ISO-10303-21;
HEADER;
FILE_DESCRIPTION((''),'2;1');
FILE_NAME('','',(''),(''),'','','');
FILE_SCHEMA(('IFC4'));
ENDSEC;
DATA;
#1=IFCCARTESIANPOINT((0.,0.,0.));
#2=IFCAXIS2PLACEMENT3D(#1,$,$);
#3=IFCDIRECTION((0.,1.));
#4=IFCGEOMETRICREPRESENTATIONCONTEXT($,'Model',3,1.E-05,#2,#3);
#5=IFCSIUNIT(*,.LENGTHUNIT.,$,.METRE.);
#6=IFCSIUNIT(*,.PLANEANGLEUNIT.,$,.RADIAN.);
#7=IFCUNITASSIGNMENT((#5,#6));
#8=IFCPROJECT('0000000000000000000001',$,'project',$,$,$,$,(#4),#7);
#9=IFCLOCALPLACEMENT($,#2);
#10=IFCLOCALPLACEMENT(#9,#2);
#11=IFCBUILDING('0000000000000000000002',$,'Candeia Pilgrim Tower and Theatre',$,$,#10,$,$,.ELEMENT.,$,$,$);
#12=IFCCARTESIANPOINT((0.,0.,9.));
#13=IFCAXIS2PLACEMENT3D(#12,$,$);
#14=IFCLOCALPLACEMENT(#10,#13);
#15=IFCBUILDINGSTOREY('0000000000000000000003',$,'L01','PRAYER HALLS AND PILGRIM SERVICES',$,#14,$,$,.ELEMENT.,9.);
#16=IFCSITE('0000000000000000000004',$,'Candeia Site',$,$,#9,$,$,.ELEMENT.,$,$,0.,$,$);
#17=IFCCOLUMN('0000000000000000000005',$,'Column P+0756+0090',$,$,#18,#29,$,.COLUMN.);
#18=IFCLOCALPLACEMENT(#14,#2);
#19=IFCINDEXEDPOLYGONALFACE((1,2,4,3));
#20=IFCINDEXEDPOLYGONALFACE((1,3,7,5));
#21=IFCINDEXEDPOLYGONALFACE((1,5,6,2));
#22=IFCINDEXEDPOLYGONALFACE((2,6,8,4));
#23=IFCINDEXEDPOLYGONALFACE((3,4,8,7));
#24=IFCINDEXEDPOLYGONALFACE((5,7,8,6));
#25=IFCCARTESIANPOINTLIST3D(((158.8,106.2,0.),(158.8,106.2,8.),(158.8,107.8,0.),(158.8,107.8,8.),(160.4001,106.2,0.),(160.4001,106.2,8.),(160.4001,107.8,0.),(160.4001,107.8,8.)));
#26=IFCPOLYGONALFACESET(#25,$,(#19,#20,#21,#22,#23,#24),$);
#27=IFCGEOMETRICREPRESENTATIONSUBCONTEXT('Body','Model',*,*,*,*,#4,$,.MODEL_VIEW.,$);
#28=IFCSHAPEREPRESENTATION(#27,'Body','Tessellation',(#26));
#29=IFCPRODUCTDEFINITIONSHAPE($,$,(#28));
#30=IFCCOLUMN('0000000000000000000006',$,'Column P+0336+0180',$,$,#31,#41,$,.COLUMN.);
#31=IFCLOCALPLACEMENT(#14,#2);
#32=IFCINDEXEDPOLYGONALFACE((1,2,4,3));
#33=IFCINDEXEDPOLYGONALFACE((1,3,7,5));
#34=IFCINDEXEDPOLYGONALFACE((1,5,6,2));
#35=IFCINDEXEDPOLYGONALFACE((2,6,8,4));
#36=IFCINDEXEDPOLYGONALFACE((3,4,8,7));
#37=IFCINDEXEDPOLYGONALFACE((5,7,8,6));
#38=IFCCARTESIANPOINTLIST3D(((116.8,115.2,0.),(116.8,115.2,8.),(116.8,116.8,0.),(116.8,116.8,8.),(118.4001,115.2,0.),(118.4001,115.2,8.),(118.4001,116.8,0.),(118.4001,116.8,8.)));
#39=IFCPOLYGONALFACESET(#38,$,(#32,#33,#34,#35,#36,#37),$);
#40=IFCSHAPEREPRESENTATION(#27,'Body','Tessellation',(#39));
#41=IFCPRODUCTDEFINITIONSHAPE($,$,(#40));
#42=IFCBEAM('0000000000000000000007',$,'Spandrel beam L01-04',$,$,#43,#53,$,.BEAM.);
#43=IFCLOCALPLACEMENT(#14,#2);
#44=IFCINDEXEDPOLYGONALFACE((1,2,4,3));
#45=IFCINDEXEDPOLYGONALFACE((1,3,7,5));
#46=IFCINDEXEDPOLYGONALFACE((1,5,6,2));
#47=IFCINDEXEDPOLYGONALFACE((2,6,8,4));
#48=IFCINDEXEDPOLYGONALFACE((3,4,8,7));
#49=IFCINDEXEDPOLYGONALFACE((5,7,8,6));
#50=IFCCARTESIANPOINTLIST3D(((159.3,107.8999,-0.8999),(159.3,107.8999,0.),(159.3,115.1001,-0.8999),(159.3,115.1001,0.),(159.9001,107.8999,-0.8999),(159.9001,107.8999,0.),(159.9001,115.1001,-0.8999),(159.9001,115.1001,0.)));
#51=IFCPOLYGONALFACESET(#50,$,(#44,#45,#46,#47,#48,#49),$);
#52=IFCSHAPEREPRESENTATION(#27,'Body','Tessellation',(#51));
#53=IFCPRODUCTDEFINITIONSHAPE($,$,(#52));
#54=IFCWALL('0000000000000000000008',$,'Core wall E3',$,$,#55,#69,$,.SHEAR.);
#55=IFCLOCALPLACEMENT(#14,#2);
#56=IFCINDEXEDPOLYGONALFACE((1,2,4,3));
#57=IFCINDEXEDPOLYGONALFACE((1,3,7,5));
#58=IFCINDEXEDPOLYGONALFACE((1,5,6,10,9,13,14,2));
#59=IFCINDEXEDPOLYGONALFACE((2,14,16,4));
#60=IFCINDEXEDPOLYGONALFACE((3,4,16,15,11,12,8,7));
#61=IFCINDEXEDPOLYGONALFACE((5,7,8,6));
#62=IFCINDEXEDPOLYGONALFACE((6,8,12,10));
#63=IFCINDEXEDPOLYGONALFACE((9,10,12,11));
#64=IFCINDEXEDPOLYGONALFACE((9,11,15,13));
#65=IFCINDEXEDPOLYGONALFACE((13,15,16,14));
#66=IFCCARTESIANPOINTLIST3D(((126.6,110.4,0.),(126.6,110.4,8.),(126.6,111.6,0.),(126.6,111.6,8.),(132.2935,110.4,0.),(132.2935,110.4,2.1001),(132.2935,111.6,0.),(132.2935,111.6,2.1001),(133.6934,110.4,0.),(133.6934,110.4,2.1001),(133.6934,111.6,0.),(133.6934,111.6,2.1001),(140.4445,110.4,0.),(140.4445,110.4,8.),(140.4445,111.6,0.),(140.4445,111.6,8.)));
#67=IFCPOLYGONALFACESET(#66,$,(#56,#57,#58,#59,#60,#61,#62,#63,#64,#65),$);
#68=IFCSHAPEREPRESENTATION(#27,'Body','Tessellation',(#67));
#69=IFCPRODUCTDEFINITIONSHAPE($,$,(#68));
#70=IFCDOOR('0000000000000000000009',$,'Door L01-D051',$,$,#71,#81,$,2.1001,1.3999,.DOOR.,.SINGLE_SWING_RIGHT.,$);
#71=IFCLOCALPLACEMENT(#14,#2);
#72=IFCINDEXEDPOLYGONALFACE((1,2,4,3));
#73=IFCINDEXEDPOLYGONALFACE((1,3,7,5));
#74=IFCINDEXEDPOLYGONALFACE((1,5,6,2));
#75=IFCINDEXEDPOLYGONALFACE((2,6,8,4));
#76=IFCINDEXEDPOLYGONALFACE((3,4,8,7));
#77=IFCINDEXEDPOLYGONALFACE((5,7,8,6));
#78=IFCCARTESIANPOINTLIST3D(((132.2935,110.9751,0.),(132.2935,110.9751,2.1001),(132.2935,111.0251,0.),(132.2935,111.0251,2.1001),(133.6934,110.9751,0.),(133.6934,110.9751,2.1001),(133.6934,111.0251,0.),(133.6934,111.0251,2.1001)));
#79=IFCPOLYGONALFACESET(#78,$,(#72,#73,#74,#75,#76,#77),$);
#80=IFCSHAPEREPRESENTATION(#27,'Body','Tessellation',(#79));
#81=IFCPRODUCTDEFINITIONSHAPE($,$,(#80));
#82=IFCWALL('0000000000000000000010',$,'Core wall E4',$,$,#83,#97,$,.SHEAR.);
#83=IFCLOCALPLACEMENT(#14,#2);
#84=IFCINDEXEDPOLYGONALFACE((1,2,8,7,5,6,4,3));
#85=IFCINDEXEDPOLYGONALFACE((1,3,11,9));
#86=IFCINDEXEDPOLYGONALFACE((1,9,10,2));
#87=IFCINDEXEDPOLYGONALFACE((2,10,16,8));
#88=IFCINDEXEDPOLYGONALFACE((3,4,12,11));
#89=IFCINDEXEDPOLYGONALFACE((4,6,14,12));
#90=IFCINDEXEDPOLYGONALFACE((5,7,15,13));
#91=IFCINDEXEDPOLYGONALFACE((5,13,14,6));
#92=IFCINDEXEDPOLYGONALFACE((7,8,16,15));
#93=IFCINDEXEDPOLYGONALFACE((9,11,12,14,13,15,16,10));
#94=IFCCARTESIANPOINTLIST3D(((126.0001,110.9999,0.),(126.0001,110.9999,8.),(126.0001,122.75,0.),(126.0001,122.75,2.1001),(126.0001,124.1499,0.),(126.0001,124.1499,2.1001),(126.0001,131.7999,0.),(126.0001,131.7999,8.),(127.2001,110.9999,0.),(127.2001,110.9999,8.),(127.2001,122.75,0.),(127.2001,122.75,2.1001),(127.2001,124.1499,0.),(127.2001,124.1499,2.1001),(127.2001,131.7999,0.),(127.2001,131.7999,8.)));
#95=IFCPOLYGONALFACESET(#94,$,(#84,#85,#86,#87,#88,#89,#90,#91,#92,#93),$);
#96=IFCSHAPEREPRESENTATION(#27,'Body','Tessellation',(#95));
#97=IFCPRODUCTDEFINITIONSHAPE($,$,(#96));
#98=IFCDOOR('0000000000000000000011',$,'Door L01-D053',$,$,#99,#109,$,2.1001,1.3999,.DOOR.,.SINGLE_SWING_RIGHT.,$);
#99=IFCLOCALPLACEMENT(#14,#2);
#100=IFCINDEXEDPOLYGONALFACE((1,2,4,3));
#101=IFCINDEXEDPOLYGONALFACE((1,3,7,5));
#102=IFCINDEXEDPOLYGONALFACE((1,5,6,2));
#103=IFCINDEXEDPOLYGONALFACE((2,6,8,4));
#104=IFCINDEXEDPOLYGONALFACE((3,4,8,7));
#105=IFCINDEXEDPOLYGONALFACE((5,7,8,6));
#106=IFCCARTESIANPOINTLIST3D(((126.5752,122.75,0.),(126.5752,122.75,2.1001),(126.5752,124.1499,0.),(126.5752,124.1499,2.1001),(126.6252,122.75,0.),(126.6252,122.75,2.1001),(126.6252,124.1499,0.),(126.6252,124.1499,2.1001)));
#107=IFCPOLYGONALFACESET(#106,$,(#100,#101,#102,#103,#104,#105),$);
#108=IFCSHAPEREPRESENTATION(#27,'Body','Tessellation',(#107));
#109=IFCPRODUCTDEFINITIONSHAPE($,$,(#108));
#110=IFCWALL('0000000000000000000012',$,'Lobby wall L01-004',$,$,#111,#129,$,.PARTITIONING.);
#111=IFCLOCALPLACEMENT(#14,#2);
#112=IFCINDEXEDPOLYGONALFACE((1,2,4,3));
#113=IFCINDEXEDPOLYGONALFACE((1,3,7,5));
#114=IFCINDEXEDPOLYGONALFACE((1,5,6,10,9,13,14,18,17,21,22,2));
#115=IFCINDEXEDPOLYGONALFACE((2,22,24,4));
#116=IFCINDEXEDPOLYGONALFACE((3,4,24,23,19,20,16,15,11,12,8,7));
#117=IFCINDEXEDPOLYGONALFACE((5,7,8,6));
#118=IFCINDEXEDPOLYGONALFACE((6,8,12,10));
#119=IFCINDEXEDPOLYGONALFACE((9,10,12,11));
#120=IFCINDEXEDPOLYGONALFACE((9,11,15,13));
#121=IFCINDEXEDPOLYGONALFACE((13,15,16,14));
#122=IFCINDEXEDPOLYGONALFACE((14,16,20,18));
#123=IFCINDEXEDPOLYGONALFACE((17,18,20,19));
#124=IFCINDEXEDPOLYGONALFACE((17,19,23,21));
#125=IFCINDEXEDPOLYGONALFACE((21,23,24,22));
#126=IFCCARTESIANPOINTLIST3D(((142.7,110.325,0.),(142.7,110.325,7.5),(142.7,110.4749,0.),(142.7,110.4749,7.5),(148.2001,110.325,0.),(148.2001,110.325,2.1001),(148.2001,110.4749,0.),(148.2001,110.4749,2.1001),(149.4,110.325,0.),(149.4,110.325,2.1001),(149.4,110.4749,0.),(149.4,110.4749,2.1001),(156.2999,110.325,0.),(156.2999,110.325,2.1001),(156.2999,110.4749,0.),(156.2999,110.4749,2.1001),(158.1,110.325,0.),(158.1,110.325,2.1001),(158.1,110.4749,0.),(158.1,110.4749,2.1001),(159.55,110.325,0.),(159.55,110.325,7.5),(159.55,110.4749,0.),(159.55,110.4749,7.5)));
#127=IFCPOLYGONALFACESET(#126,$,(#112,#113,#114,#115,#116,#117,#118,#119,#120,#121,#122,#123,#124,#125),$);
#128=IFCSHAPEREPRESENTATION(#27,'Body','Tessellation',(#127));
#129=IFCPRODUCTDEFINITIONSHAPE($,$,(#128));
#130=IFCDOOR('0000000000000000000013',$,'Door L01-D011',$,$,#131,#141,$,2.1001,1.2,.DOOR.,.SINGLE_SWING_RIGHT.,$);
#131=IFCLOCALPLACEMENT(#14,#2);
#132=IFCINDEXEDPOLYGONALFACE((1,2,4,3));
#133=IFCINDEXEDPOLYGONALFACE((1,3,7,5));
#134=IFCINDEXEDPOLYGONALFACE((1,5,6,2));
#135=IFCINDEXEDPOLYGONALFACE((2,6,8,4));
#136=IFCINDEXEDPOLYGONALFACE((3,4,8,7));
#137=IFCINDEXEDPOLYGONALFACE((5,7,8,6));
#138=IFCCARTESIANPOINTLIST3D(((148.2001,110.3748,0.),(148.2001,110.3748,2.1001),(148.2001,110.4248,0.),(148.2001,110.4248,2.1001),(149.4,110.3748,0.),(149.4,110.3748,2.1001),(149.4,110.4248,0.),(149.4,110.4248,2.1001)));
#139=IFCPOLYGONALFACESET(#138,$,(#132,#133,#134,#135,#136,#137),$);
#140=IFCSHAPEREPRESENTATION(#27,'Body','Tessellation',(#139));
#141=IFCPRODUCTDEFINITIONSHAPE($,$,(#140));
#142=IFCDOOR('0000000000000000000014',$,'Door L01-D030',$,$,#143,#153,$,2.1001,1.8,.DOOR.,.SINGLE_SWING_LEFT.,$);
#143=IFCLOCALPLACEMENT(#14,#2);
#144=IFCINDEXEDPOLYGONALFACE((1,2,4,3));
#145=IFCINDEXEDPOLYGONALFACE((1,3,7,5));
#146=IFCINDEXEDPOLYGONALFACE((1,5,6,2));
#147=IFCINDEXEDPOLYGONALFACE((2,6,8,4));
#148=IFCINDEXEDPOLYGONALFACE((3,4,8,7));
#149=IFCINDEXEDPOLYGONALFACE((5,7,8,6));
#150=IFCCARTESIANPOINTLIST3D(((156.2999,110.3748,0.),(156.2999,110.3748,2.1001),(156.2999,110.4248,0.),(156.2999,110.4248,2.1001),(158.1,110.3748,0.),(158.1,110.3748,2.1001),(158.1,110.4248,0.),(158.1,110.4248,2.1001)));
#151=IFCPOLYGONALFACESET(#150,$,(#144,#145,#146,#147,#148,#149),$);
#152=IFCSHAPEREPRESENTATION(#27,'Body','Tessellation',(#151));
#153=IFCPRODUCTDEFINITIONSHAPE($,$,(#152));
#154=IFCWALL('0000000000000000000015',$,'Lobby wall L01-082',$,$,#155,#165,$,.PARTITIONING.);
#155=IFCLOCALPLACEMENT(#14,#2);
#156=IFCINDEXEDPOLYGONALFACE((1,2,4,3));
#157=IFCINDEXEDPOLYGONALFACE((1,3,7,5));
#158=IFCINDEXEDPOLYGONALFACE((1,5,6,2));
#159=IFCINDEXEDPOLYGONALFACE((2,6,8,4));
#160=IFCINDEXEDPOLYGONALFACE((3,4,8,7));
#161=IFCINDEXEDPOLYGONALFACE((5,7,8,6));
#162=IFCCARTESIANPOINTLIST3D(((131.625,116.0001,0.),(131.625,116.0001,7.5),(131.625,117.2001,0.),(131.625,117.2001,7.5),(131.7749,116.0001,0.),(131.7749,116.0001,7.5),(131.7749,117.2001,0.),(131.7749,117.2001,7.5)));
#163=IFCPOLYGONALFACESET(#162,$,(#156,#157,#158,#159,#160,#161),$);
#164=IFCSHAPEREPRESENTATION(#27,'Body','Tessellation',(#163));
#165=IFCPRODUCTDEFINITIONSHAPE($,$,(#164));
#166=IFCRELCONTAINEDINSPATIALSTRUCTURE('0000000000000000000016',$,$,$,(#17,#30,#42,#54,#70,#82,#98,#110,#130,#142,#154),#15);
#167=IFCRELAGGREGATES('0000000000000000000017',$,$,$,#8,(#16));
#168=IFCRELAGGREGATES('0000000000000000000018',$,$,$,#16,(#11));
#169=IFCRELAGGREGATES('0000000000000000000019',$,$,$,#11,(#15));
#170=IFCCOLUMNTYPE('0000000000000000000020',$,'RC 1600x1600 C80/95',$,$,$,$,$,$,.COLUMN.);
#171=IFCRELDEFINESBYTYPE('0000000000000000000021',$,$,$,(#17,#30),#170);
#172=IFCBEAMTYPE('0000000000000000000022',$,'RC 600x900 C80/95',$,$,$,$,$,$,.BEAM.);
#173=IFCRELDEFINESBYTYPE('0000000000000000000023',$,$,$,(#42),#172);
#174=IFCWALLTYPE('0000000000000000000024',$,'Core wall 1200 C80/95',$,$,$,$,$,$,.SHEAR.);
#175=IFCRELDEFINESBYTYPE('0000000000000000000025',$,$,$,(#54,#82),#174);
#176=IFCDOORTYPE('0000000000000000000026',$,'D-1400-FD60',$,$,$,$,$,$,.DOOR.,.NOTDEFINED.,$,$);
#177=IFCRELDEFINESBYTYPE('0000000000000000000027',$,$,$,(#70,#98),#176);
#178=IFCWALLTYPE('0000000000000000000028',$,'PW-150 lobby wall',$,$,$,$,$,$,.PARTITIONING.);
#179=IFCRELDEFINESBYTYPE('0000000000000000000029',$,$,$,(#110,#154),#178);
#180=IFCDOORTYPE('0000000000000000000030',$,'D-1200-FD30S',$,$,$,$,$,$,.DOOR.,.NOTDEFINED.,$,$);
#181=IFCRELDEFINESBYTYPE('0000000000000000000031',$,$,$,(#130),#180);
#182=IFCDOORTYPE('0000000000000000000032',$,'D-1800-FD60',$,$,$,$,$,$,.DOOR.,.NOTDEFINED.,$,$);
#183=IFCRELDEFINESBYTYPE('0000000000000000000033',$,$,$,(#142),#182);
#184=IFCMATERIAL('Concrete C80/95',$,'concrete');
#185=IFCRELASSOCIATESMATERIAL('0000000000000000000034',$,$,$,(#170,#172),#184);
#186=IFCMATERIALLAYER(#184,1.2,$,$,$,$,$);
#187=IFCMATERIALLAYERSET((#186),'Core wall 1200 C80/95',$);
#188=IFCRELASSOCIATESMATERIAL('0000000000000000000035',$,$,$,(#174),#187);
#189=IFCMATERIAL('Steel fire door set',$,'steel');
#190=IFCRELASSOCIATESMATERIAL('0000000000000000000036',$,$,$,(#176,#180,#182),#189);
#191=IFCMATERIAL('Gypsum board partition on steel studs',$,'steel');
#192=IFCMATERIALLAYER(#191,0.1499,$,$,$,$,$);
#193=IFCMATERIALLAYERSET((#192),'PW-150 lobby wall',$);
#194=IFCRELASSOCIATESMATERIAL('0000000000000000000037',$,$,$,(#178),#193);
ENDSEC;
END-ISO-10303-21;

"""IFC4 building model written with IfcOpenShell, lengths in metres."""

from ifc_helpers import new_model, si_unit, direction, frame, frame_2d, origin, origin_2d, place, context, subcontext, project, spatial, rectangle, extrude, material, layer, layer_set, material_profile, profile_set, type_object, element, fill, save


model = new_model("IFC4")

# Units and contexts
model_context = context("Model", 3, precision=1e-05, world=origin(), true_north=direction((0.0, 1.0)))
body_context = subcontext(model_context, "Body", "Model", "MODEL_VIEW")
ifc_project = project(units=[si_unit("LENGTHUNIT", "METRE"), si_unit("PLANEANGLEUNIT", "RADIAN")], contexts=[model_context])

# Site, building, storey
site_placement = place(None, origin())
site = spatial("IfcSite", under=ifc_project, at=site_placement, Name="Candeia Site", CompositionType="ELEMENT", RefElevation=0.0)
building_placement = place(site_placement, origin())
building = spatial("IfcBuilding", under=site, at=building_placement, Name="Candeia Pilgrim Tower and Theatre", CompositionType="ELEMENT")
storey_placement = place(building_placement, frame((0.0, 0.0, 9.0)))
storey = spatial("IfcBuildingStorey", under=building, at=storey_placement, Name="L01", Description="PRAYER HALLS AND PILGRIM SERVICES", CompositionType="ELEMENT", Elevation=9.0)

# Columns
ifc_material_1 = material(Name="Concrete C80/95", Category="concrete")
ifc_material_profile_1 = material_profile(ifc_material_1, rectangle(XDim=1.6001, YDim=1.6001, at=origin_2d()))
ifc_profile_set_1 = profile_set([ifc_material_profile_1], Name="Concrete C80/95")
column_type = type_object("IfcColumnType", Name="RC 1600x1600 C80/95", PredefinedType="COLUMN", material=ifc_profile_set_1)
for number, where, z_axis, x_axis, name in (
    (1, (159.6001, 107.0, 0.0), (0.0, 0.0, 1.0), (1.0, 0.0, 0.0), "Column P+0756+0090"),
    (2, (117.6001, 116.0, 0.0), (0.0, 0.0, 1.0), (1.0, 0.0, 0.0), "Column P+0336+0180"),
):
    element("IfcColumn", number, at=place(storey_placement, frame(where, z_axis=z_axis, x_axis=x_axis)), inside=storey, type_object=column_type, Name=name, PredefinedType="COLUMN", context=body_context, shape_type="SweptSolid", body=[
        extrude(rectangle(XDim=1.6001, YDim=1.6001, at=origin_2d()), origin(), (0.0, 0.0, 1.0), 8.0),
    ])

# Beam
ifc_material_profile_2 = material_profile(ifc_material_1, rectangle(XDim=0.6001, YDim=0.8999, at=origin_2d()))
ifc_profile_set_2 = profile_set([ifc_material_profile_2], Name="Concrete C80/95")
beam_type = type_object("IfcBeamType", Name="RC 600x900 C80/95", PredefinedType="BEAM", material=ifc_profile_set_2)
beam_placement = place(storey_placement, frame((159.6001, 107.8999, -0.45), z_axis=(0.0, 1.0, 0.0), x_axis=(-1.0, 0.0, 0.0)))
element("IfcBeam", 3, at=beam_placement, inside=storey, type_object=beam_type, Name="Spandrel beam L01-04", PredefinedType="BEAM", context=body_context, shape_type="SweptSolid", body=[
    extrude(rectangle(XDim=0.6001, YDim=0.8999, at=origin_2d()), origin(), (0.0, 0.0, 1.0), 7.2002),
])

# Walls, openings, doors
ifc_layer_1 = layer(ifc_material_1, 1.2)
ifc_layer_set_1 = layer_set([ifc_layer_1], Name="Core wall 1200 C80/95")
wall_type_1 = type_object("IfcWallType", Name="Core wall 1200 C80/95", PredefinedType="SHEAR", material=ifc_layer_set_1)
wall_1_placement = place(storey_placement, frame((140.4446, 111.0, 0.0), z_axis=(0.0, 0.0, 1.0), x_axis=(-1.0, 0.0, 0.0)))
wall_1 = element("IfcWall", 4, at=wall_1_placement, inside=storey, type_object=wall_type_1, Name="Core wall E3", PredefinedType="SHEAR", context=body_context, shape_type="SweptSolid", body=[
    extrude(rectangle(XDim=13.8445, YDim=1.2, at=frame_2d((6.9224, 0.0))), origin(), (0.0, 0.0, 1.0), 8.0),
])
opening_1_placement = place(wall_1_placement, frame((6.7512, 0.0, 0.0)))
opening_1 = element("IfcOpeningElement", 5, at=opening_1_placement, cuts=wall_1, PredefinedType="OPENING", context=body_context, shape_type="SweptSolid", body=[
    extrude(rectangle(XDim=1.3999, YDim=2.1001, at=frame_2d((0.7, 1.05))), frame((0.0, 0.6099, 0.0), z_axis=(0.0, -1.0, 0.0), x_axis=(1.0, 0.0, 0.0)), (0.0, 0.0, 1.0), 1.22),
])
ifc_material_2 = material(Name="Steel fire door set", Category="steel")
door_type_1 = type_object("IfcDoorType", Name="D-1400-FD60", OperationType="NOTDEFINED", PredefinedType="DOOR", material=ifc_material_2)
door_1_placement = place(opening_1_placement, origin())
door_1 = element("IfcDoor", 6, at=door_1_placement, inside=storey, type_object=door_type_1, Name="Door L01-D051", OperationType="SINGLE_SWING_RIGHT", OverallHeight=2.1001, OverallWidth=1.3999, PredefinedType="DOOR", context=body_context, shape_type="SweptSolid", body=[
    extrude(rectangle(XDim=1.3999, YDim=2.1001, at=frame_2d((0.7, 1.05))), frame((0.0, 0.0249, 0.0), z_axis=(0.0, -1.0, 0.0), x_axis=(1.0, 0.0, 0.0)), (0.0, 0.0, 1.0), 0.05),
])
fill(opening_1, door_1)
wall_2_placement = place(storey_placement, frame((126.6001, 111.0, 0.0), z_axis=(0.0, 0.0, 1.0), x_axis=(0.0, 1.0, 0.0)))
wall_2 = element("IfcWall", 7, at=wall_2_placement, inside=storey, type_object=wall_type_1, Name="Core wall E4", PredefinedType="SHEAR", context=body_context, shape_type="SweptSolid", body=[
    extrude(rectangle(XDim=20.8, YDim=1.2, at=frame_2d((10.3999, 0.0))), origin(), (0.0, 0.0, 1.0), 8.0),
])
opening_2_placement = place(wall_2_placement, frame((11.75, 0.0, 0.0)))
opening_2 = element("IfcOpeningElement", 8, at=opening_2_placement, cuts=wall_2, PredefinedType="OPENING", context=body_context, shape_type="SweptSolid", body=[
    extrude(rectangle(XDim=1.3999, YDim=2.1001, at=frame_2d((0.7, 1.05))), frame((0.0, 0.6099, 0.0), z_axis=(0.0, -1.0, 0.0), x_axis=(1.0, 0.0, 0.0)), (0.0, 0.0, 1.0), 1.22),
])
door_2_placement = place(opening_2_placement, origin())
door_2 = element("IfcDoor", 9, at=door_2_placement, inside=storey, type_object=door_type_1, Name="Door L01-D053", OperationType="SINGLE_SWING_RIGHT", OverallHeight=2.1001, OverallWidth=1.3999, PredefinedType="DOOR", context=body_context, shape_type="SweptSolid", body=[
    extrude(rectangle(XDim=1.3999, YDim=2.1001, at=frame_2d((0.7, 1.05))), frame((0.0, 0.0249, 0.0), z_axis=(0.0, -1.0, 0.0), x_axis=(1.0, 0.0, 0.0)), (0.0, 0.0, 1.0), 0.05),
])
fill(opening_2, door_2)

# Wall, openings, doors
ifc_material_3 = material(Name="Gypsum board partition on steel studs", Category="steel")
ifc_layer_2 = layer(ifc_material_3, 0.1499)
ifc_layer_set_2 = layer_set([ifc_layer_2], Name="PW-150 lobby wall")
wall_type_2 = type_object("IfcWallType", Name="PW-150 lobby wall", PredefinedType="PARTITIONING", material=ifc_layer_set_2)
wall_3_placement = place(storey_placement, frame((142.7, 110.3999, 0.0), z_axis=(0.0, 0.0, 1.0), x_axis=(1.0, 0.0, 0.0)))
wall_3 = element("IfcWall", 10, at=wall_3_placement, inside=storey, type_object=wall_type_2, Name="Lobby wall L01-004", PredefinedType="PARTITIONING", context=body_context, shape_type="SweptSolid", body=[
    extrude(rectangle(XDim=16.8501, YDim=0.1499, at=frame_2d((8.425, 0.0))), origin(), (0.0, 0.0, 1.0), 7.5),
])
opening_3_placement = place(wall_3_placement, frame((5.5, 0.0, 0.0)))
opening_3 = element("IfcOpeningElement", 11, at=opening_3_placement, cuts=wall_3, PredefinedType="OPENING", context=body_context, shape_type="SweptSolid", body=[
    extrude(rectangle(XDim=1.2, YDim=2.1001, at=frame_2d((0.6001, 1.05))), frame((0.0, 0.085, 0.0), z_axis=(0.0, -1.0, 0.0), x_axis=(1.0, 0.0, 0.0)), (0.0, 0.0, 1.0), 0.1699),
])
opening_4_placement = place(wall_3_placement, frame((13.6001, 0.0, 0.0)))
opening_4 = element("IfcOpeningElement", 12, at=opening_4_placement, cuts=wall_3, PredefinedType="OPENING", context=body_context, shape_type="SweptSolid", body=[
    extrude(rectangle(XDim=1.8, YDim=2.1001, at=frame_2d((0.8999, 1.05))), frame((0.0, 0.085, 0.0), z_axis=(0.0, -1.0, 0.0), x_axis=(1.0, 0.0, 0.0)), (0.0, 0.0, 1.0), 0.1699),
])
door_type_2 = type_object("IfcDoorType", Name="D-1200-FD30S", OperationType="NOTDEFINED", PredefinedType="DOOR", material=ifc_material_2)
door_3_placement = place(opening_3_placement, origin())
door_3 = element("IfcDoor", 13, at=door_3_placement, inside=storey, type_object=door_type_2, Name="Door L01-D011", OperationType="SINGLE_SWING_RIGHT", OverallHeight=2.1001, OverallWidth=1.2, PredefinedType="DOOR", context=body_context, shape_type="SweptSolid", body=[
    extrude(rectangle(XDim=1.2, YDim=2.1001, at=frame_2d((0.6001, 1.05))), frame((0.0, 0.0249, 0.0), z_axis=(0.0, -1.0, 0.0), x_axis=(1.0, 0.0, 0.0)), (0.0, 0.0, 1.0), 0.05),
])
fill(opening_3, door_3)
door_type_3 = type_object("IfcDoorType", Name="D-1800-FD60", OperationType="NOTDEFINED", PredefinedType="DOOR", material=ifc_material_2)
door_4_placement = place(opening_4_placement, origin())
door_4 = element("IfcDoor", 14, at=door_4_placement, inside=storey, type_object=door_type_3, Name="Door L01-D030", OperationType="SINGLE_SWING_LEFT", OverallHeight=2.1001, OverallWidth=1.8, PredefinedType="DOOR", context=body_context, shape_type="SweptSolid", body=[
    extrude(rectangle(XDim=1.8, YDim=2.1001, at=frame_2d((0.8999, 1.05))), frame((0.0, 0.0249, 0.0), z_axis=(0.0, -1.0, 0.0), x_axis=(1.0, 0.0, 0.0)), (0.0, 0.0, 1.0), 0.05),
])
fill(opening_4, door_4)

# Wall
wall_4_placement = place(storey_placement, frame((131.7, 116.0, 0.0), z_axis=(0.0, 0.0, 1.0), x_axis=(0.0, 1.0, 0.0)))
element("IfcWall", 15, at=wall_4_placement, inside=storey, type_object=wall_type_2, Name="Lobby wall L01-082", PredefinedType="PARTITIONING", context=body_context, shape_type="SweptSolid", body=[
    extrude(rectangle(XDim=1.2, YDim=0.1499, at=frame_2d((0.6001, 0.0))), origin(), (0.0, 0.0, 1.0), 7.5),
])

save(model, "model.ifc")
